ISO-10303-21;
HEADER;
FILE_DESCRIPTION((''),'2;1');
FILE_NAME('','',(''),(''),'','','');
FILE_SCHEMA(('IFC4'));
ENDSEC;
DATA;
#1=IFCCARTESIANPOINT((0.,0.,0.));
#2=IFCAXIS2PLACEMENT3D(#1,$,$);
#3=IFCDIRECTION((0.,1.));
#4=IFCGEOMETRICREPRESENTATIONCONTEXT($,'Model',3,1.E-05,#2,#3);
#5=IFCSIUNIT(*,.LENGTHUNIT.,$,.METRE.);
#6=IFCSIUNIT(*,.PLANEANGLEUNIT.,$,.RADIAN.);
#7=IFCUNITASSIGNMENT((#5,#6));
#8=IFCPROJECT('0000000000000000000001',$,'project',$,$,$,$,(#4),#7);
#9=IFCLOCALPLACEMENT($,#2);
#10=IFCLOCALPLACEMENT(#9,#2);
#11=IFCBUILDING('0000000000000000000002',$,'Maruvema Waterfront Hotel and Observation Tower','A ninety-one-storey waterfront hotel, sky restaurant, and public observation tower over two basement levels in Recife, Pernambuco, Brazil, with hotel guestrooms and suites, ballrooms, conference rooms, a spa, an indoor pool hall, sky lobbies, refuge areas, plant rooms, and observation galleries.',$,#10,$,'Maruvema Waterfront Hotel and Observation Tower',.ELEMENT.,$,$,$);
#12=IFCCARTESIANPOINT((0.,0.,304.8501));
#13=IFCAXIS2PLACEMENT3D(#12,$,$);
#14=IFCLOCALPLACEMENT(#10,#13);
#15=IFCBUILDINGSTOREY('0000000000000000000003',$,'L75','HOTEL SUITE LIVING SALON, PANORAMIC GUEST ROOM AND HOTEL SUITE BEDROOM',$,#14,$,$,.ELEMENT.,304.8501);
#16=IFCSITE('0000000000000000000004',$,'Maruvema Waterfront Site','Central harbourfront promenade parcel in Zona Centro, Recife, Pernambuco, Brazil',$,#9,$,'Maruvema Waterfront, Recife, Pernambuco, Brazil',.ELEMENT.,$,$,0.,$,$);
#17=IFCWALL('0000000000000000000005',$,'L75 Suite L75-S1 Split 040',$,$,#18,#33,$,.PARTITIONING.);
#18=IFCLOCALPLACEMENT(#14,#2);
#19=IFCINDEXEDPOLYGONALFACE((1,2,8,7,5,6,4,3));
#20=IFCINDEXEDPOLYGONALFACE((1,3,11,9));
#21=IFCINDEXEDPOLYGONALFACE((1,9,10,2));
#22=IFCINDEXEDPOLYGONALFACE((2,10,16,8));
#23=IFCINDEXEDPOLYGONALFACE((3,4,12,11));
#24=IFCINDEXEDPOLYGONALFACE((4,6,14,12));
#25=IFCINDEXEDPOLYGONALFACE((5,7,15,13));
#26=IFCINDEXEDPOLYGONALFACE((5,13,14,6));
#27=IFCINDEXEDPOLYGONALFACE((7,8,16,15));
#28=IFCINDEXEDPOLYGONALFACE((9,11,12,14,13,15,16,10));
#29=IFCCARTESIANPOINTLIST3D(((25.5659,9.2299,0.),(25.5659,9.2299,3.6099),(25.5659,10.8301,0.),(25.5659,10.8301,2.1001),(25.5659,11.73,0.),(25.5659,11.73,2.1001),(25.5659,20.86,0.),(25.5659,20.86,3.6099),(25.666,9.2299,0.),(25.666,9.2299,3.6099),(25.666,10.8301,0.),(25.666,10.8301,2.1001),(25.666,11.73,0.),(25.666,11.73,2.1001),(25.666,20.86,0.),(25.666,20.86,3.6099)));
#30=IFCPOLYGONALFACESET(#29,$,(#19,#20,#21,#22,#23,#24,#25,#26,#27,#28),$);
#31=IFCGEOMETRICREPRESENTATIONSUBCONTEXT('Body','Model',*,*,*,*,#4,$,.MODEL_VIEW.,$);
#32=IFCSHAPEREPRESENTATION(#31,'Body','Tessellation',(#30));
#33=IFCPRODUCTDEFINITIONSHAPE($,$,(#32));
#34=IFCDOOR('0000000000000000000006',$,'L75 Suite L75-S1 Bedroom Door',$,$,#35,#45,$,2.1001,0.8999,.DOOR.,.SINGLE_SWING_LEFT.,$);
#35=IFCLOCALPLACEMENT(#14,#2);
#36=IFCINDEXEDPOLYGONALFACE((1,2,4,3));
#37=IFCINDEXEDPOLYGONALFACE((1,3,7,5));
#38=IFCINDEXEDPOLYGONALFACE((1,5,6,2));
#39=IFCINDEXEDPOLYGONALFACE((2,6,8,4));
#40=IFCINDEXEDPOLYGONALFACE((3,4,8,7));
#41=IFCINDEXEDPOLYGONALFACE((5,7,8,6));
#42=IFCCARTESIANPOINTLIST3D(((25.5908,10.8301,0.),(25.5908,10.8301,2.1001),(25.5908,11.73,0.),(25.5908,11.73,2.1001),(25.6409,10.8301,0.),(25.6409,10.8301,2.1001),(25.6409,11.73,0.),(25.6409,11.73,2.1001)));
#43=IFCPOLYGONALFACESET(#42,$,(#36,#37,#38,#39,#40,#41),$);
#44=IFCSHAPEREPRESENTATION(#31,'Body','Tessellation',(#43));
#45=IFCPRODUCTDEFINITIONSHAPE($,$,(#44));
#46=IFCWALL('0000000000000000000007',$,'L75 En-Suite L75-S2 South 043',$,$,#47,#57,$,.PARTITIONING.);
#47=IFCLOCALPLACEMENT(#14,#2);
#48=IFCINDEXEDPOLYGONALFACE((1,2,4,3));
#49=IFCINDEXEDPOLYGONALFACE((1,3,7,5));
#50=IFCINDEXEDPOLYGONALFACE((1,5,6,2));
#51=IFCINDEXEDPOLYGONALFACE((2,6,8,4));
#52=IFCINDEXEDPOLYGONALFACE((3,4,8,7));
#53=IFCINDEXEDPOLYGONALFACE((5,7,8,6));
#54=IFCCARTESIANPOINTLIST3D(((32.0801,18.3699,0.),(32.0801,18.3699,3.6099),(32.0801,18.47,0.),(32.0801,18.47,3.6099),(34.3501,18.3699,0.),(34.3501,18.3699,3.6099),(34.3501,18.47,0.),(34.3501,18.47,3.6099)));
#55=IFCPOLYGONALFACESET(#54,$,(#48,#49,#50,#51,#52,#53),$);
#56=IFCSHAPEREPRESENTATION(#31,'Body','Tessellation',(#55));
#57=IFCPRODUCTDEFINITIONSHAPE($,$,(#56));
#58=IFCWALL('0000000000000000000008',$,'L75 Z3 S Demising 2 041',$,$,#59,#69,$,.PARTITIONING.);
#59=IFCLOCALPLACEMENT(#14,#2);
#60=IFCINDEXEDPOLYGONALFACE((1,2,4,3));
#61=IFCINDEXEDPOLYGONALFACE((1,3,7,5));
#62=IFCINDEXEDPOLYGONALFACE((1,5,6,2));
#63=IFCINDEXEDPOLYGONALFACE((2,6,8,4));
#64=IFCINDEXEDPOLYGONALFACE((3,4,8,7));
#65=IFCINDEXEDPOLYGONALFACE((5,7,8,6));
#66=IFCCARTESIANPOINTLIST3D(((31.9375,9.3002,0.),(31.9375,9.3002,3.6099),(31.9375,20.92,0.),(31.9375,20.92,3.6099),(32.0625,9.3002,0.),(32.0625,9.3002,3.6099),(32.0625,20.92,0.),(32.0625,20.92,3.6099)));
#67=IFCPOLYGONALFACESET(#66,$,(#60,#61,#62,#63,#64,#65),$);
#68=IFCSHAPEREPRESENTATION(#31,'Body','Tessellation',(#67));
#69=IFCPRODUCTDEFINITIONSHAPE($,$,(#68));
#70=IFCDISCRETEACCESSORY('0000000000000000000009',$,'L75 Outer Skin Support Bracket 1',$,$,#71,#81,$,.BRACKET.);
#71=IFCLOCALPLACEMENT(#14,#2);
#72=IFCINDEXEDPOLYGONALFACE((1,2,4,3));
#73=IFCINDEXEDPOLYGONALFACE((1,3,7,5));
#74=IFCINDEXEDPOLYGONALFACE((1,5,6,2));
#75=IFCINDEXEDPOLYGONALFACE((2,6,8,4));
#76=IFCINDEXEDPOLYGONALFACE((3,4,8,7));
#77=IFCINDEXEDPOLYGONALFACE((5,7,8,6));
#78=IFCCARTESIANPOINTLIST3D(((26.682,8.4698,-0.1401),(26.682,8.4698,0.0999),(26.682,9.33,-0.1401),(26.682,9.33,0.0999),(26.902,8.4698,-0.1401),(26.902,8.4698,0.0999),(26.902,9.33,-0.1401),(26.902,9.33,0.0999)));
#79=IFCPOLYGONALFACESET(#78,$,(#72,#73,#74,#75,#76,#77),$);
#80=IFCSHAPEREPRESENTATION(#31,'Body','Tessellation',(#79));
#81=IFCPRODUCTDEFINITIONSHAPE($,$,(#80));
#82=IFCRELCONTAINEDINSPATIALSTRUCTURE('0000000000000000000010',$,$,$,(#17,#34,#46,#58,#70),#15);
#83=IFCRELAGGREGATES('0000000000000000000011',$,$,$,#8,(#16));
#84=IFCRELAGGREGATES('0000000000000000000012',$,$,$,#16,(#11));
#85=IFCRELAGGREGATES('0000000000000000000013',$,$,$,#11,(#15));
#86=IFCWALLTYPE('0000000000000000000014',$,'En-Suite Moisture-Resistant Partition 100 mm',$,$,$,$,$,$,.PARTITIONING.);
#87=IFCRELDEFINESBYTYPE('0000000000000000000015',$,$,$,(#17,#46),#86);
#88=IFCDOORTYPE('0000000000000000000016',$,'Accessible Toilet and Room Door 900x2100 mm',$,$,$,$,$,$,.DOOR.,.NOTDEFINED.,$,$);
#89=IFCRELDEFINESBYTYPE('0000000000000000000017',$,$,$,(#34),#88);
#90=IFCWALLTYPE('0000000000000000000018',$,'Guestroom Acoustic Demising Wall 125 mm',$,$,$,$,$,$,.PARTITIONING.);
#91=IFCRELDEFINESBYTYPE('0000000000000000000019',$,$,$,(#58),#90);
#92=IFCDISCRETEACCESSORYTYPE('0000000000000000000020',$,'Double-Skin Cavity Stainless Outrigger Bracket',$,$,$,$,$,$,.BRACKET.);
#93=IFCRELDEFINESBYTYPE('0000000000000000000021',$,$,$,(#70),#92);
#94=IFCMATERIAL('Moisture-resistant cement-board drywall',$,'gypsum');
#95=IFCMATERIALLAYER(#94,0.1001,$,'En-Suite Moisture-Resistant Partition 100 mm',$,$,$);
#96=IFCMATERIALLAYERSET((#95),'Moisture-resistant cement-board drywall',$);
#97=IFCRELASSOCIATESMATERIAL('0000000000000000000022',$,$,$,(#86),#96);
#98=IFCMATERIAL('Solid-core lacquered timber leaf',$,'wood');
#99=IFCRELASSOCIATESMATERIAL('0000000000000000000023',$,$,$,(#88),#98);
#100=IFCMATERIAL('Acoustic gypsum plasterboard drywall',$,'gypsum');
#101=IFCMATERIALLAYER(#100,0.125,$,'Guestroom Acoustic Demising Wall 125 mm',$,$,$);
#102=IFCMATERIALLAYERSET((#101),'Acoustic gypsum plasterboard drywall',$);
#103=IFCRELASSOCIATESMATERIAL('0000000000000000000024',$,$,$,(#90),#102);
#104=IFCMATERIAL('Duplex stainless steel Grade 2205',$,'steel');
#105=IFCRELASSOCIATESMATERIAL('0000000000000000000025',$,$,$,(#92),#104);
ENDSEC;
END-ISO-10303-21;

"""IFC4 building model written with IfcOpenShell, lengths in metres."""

from ifc_helpers import new_model, si_unit, direction, frame, frame_2d, origin, origin_2d, place, context, subcontext, project, spatial, rectangle, extrude, material, layer, layer_set, type_object, element, fill, save


model = new_model("IFC4")

# Units and contexts
model_context = context("Model", 3, precision=1e-05, world=origin(), true_north=direction((0.0, 1.0)))
body_context = subcontext(model_context, "Body", "Model", "MODEL_VIEW")
ifc_project = project(units=[si_unit("LENGTHUNIT", "METRE"), si_unit("PLANEANGLEUNIT", "RADIAN")], contexts=[model_context])

# Site, building, storey
site_placement = place(None, origin())
site = spatial("IfcSite", under=ifc_project, at=site_placement, Name="Maruvema Waterfront Site", Description="Central harbourfront promenade parcel in Zona Centro, Recife, Pernambuco, Brazil", LongName="Maruvema Waterfront, Recife, Pernambuco, Brazil", CompositionType="ELEMENT", RefElevation=0.0)
building_placement = place(site_placement, origin())
building = spatial("IfcBuilding", under=site, at=building_placement, Name="Maruvema Waterfront Hotel and Observation Tower", Description="A ninety-one-storey waterfront hotel, sky restaurant, and public observation tower over two basement levels in Recife, Pernambuco, Brazil, with hotel guestrooms and suites, ballrooms, conference rooms, a spa, an indoor pool hall, sky lobbies, refuge areas, plant rooms, and observation galleries.", LongName="Maruvema Waterfront Hotel and Observation Tower", CompositionType="ELEMENT")
storey_placement = place(building_placement, frame((0.0, 0.0, 304.8501)))
storey = spatial("IfcBuildingStorey", under=building, at=storey_placement, Name="L75", Description="HOTEL SUITE LIVING SALON, PANORAMIC GUEST ROOM AND HOTEL SUITE BEDROOM", CompositionType="ELEMENT", Elevation=304.8501)

# Shared definitions
ifc_material_1 = material(Name="Moisture-resistant cement-board drywall", Category="gypsum")
ifc_layer_1 = layer(ifc_material_1, 0.1001, Name="En-Suite Moisture-Resistant Partition 100 mm")
ifc_layer_set_1 = layer_set([ifc_layer_1], Name="Moisture-resistant cement-board drywall")
wall_type_1 = type_object("IfcWallType", Name="En-Suite Moisture-Resistant Partition 100 mm", PredefinedType="PARTITIONING", material=ifc_layer_set_1)

# Wall, opening, door
wall_1_placement = place(storey_placement, frame((25.616, 9.23, 0.0), z_axis=(0.0, 0.0, 1.0), x_axis=(0.0, 1.0, 0.0)))
wall_1 = element("IfcWall", 1, at=wall_1_placement, inside=storey, type_object=wall_type_1, Name="L75 Suite L75-S1 Split 040", PredefinedType="PARTITIONING", context=body_context, shape_type="SweptSolid", body=[
    extrude(rectangle(XDim=11.6301, YDim=0.1001, at=frame_2d((5.8149, 0.0))), origin(), (0.0, 0.0, 1.0), 3.6099),
])
opening_placement = place(wall_1_placement, frame((1.6001, 0.0, 0.0)))
opening = element("IfcOpeningElement", 2, at=opening_placement, cuts=wall_1, PredefinedType="OPENING", context=body_context, shape_type="SweptSolid", body=[
    extrude(rectangle(XDim=0.8999, YDim=2.1001, at=frame_2d((0.45, 1.05))), frame((0.0, 0.0601, 0.0), z_axis=(0.0, -1.0, 0.0), x_axis=(1.0, 0.0, 0.0)), (0.0, 0.0, 1.0), 0.1201),
])
ifc_material_2 = material(Name="Solid-core lacquered timber leaf", Category="wood")
door_type = type_object("IfcDoorType", Name="Accessible Toilet and Room Door 900x2100 mm", OperationType="NOTDEFINED", PredefinedType="DOOR", material=ifc_material_2)
door_placement = place(opening_placement, frame((0.8999, 0.0, 0.0), z_axis=(0.0, 0.0, 1.0), x_axis=(-1.0, 0.0, 0.0)))
door = element("IfcDoor", 3, at=door_placement, inside=storey, type_object=door_type, Name="L75 Suite L75-S1 Bedroom Door", OperationType="SINGLE_SWING_LEFT", OverallHeight=2.1001, OverallWidth=0.8999, PredefinedType="DOOR", context=body_context, shape_type="SweptSolid", body=[
    extrude(rectangle(XDim=0.8999, YDim=2.1001, at=frame_2d((0.45, 1.05))), frame((0.0, 0.0249, 0.0), z_axis=(0.0, -1.0, 0.0), x_axis=(1.0, 0.0, 0.0)), (0.0, 0.0, 1.0), 0.05),
])
fill(opening, door)

# Walls
wall_2_placement = place(storey_placement, frame((32.0801, 18.4199, 0.0), z_axis=(0.0, 0.0, 1.0), x_axis=(1.0, 0.0, 0.0)))
element("IfcWall", 4, at=wall_2_placement, inside=storey, type_object=wall_type_1, Name="L75 En-Suite L75-S2 South 043", PredefinedType="PARTITIONING", context=body_context, shape_type="SweptSolid", body=[
    extrude(rectangle(XDim=2.27, YDim=0.1001, at=frame_2d((1.135, 0.0))), origin(), (0.0, 0.0, 1.0), 3.6099),
])
ifc_material_3 = material(Name="Acoustic gypsum plasterboard drywall", Category="gypsum")
ifc_layer_2 = layer(ifc_material_3, 0.125, Name="Guestroom Acoustic Demising Wall 125 mm")
ifc_layer_set_2 = layer_set([ifc_layer_2], Name="Acoustic gypsum plasterboard drywall")
wall_type_2 = type_object("IfcWallType", Name="Guestroom Acoustic Demising Wall 125 mm", PredefinedType="PARTITIONING", material=ifc_layer_set_2)
wall_3_placement = place(storey_placement, frame((32.0, 9.3, 0.0), z_axis=(0.0, 0.0, 1.0), x_axis=(0.0, 1.0, 0.0)))
element("IfcWall", 5, at=wall_3_placement, inside=storey, type_object=wall_type_2, Name="L75 Z3 S Demising 2 041", PredefinedType="PARTITIONING", context=body_context, shape_type="SweptSolid", body=[
    extrude(rectangle(XDim=11.6199, YDim=0.125, at=frame_2d((5.8101, 0.0))), origin(), (0.0, 0.0, 1.0), 3.6099),
])

# Discrete accessory
ifc_material_4 = material(Name="Duplex stainless steel Grade 2205", Category="steel")
discrete_accessory_type = type_object("IfcDiscreteAccessoryType", Name="Double-Skin Cavity Stainless Outrigger Bracket", PredefinedType="BRACKET", material=ifc_material_4)
discrete_accessory_placement = place(storey_placement, frame((26.792, 8.8999, -0.1401), z_axis=(0.0, 0.0, 1.0), x_axis=(1.0, 0.0, 0.0)))
element("IfcDiscreteAccessory", 6, at=discrete_accessory_placement, inside=storey, type_object=discrete_accessory_type, Name="L75 Outer Skin Support Bracket 1", PredefinedType="BRACKET", context=body_context, shape_type="SweptSolid", body=[
    extrude(rectangle(XDim=0.22, YDim=0.8601, at=origin_2d()), origin(), (0.0, 0.0, 1.0), 0.24),
])

save(model, "model.ifc")
